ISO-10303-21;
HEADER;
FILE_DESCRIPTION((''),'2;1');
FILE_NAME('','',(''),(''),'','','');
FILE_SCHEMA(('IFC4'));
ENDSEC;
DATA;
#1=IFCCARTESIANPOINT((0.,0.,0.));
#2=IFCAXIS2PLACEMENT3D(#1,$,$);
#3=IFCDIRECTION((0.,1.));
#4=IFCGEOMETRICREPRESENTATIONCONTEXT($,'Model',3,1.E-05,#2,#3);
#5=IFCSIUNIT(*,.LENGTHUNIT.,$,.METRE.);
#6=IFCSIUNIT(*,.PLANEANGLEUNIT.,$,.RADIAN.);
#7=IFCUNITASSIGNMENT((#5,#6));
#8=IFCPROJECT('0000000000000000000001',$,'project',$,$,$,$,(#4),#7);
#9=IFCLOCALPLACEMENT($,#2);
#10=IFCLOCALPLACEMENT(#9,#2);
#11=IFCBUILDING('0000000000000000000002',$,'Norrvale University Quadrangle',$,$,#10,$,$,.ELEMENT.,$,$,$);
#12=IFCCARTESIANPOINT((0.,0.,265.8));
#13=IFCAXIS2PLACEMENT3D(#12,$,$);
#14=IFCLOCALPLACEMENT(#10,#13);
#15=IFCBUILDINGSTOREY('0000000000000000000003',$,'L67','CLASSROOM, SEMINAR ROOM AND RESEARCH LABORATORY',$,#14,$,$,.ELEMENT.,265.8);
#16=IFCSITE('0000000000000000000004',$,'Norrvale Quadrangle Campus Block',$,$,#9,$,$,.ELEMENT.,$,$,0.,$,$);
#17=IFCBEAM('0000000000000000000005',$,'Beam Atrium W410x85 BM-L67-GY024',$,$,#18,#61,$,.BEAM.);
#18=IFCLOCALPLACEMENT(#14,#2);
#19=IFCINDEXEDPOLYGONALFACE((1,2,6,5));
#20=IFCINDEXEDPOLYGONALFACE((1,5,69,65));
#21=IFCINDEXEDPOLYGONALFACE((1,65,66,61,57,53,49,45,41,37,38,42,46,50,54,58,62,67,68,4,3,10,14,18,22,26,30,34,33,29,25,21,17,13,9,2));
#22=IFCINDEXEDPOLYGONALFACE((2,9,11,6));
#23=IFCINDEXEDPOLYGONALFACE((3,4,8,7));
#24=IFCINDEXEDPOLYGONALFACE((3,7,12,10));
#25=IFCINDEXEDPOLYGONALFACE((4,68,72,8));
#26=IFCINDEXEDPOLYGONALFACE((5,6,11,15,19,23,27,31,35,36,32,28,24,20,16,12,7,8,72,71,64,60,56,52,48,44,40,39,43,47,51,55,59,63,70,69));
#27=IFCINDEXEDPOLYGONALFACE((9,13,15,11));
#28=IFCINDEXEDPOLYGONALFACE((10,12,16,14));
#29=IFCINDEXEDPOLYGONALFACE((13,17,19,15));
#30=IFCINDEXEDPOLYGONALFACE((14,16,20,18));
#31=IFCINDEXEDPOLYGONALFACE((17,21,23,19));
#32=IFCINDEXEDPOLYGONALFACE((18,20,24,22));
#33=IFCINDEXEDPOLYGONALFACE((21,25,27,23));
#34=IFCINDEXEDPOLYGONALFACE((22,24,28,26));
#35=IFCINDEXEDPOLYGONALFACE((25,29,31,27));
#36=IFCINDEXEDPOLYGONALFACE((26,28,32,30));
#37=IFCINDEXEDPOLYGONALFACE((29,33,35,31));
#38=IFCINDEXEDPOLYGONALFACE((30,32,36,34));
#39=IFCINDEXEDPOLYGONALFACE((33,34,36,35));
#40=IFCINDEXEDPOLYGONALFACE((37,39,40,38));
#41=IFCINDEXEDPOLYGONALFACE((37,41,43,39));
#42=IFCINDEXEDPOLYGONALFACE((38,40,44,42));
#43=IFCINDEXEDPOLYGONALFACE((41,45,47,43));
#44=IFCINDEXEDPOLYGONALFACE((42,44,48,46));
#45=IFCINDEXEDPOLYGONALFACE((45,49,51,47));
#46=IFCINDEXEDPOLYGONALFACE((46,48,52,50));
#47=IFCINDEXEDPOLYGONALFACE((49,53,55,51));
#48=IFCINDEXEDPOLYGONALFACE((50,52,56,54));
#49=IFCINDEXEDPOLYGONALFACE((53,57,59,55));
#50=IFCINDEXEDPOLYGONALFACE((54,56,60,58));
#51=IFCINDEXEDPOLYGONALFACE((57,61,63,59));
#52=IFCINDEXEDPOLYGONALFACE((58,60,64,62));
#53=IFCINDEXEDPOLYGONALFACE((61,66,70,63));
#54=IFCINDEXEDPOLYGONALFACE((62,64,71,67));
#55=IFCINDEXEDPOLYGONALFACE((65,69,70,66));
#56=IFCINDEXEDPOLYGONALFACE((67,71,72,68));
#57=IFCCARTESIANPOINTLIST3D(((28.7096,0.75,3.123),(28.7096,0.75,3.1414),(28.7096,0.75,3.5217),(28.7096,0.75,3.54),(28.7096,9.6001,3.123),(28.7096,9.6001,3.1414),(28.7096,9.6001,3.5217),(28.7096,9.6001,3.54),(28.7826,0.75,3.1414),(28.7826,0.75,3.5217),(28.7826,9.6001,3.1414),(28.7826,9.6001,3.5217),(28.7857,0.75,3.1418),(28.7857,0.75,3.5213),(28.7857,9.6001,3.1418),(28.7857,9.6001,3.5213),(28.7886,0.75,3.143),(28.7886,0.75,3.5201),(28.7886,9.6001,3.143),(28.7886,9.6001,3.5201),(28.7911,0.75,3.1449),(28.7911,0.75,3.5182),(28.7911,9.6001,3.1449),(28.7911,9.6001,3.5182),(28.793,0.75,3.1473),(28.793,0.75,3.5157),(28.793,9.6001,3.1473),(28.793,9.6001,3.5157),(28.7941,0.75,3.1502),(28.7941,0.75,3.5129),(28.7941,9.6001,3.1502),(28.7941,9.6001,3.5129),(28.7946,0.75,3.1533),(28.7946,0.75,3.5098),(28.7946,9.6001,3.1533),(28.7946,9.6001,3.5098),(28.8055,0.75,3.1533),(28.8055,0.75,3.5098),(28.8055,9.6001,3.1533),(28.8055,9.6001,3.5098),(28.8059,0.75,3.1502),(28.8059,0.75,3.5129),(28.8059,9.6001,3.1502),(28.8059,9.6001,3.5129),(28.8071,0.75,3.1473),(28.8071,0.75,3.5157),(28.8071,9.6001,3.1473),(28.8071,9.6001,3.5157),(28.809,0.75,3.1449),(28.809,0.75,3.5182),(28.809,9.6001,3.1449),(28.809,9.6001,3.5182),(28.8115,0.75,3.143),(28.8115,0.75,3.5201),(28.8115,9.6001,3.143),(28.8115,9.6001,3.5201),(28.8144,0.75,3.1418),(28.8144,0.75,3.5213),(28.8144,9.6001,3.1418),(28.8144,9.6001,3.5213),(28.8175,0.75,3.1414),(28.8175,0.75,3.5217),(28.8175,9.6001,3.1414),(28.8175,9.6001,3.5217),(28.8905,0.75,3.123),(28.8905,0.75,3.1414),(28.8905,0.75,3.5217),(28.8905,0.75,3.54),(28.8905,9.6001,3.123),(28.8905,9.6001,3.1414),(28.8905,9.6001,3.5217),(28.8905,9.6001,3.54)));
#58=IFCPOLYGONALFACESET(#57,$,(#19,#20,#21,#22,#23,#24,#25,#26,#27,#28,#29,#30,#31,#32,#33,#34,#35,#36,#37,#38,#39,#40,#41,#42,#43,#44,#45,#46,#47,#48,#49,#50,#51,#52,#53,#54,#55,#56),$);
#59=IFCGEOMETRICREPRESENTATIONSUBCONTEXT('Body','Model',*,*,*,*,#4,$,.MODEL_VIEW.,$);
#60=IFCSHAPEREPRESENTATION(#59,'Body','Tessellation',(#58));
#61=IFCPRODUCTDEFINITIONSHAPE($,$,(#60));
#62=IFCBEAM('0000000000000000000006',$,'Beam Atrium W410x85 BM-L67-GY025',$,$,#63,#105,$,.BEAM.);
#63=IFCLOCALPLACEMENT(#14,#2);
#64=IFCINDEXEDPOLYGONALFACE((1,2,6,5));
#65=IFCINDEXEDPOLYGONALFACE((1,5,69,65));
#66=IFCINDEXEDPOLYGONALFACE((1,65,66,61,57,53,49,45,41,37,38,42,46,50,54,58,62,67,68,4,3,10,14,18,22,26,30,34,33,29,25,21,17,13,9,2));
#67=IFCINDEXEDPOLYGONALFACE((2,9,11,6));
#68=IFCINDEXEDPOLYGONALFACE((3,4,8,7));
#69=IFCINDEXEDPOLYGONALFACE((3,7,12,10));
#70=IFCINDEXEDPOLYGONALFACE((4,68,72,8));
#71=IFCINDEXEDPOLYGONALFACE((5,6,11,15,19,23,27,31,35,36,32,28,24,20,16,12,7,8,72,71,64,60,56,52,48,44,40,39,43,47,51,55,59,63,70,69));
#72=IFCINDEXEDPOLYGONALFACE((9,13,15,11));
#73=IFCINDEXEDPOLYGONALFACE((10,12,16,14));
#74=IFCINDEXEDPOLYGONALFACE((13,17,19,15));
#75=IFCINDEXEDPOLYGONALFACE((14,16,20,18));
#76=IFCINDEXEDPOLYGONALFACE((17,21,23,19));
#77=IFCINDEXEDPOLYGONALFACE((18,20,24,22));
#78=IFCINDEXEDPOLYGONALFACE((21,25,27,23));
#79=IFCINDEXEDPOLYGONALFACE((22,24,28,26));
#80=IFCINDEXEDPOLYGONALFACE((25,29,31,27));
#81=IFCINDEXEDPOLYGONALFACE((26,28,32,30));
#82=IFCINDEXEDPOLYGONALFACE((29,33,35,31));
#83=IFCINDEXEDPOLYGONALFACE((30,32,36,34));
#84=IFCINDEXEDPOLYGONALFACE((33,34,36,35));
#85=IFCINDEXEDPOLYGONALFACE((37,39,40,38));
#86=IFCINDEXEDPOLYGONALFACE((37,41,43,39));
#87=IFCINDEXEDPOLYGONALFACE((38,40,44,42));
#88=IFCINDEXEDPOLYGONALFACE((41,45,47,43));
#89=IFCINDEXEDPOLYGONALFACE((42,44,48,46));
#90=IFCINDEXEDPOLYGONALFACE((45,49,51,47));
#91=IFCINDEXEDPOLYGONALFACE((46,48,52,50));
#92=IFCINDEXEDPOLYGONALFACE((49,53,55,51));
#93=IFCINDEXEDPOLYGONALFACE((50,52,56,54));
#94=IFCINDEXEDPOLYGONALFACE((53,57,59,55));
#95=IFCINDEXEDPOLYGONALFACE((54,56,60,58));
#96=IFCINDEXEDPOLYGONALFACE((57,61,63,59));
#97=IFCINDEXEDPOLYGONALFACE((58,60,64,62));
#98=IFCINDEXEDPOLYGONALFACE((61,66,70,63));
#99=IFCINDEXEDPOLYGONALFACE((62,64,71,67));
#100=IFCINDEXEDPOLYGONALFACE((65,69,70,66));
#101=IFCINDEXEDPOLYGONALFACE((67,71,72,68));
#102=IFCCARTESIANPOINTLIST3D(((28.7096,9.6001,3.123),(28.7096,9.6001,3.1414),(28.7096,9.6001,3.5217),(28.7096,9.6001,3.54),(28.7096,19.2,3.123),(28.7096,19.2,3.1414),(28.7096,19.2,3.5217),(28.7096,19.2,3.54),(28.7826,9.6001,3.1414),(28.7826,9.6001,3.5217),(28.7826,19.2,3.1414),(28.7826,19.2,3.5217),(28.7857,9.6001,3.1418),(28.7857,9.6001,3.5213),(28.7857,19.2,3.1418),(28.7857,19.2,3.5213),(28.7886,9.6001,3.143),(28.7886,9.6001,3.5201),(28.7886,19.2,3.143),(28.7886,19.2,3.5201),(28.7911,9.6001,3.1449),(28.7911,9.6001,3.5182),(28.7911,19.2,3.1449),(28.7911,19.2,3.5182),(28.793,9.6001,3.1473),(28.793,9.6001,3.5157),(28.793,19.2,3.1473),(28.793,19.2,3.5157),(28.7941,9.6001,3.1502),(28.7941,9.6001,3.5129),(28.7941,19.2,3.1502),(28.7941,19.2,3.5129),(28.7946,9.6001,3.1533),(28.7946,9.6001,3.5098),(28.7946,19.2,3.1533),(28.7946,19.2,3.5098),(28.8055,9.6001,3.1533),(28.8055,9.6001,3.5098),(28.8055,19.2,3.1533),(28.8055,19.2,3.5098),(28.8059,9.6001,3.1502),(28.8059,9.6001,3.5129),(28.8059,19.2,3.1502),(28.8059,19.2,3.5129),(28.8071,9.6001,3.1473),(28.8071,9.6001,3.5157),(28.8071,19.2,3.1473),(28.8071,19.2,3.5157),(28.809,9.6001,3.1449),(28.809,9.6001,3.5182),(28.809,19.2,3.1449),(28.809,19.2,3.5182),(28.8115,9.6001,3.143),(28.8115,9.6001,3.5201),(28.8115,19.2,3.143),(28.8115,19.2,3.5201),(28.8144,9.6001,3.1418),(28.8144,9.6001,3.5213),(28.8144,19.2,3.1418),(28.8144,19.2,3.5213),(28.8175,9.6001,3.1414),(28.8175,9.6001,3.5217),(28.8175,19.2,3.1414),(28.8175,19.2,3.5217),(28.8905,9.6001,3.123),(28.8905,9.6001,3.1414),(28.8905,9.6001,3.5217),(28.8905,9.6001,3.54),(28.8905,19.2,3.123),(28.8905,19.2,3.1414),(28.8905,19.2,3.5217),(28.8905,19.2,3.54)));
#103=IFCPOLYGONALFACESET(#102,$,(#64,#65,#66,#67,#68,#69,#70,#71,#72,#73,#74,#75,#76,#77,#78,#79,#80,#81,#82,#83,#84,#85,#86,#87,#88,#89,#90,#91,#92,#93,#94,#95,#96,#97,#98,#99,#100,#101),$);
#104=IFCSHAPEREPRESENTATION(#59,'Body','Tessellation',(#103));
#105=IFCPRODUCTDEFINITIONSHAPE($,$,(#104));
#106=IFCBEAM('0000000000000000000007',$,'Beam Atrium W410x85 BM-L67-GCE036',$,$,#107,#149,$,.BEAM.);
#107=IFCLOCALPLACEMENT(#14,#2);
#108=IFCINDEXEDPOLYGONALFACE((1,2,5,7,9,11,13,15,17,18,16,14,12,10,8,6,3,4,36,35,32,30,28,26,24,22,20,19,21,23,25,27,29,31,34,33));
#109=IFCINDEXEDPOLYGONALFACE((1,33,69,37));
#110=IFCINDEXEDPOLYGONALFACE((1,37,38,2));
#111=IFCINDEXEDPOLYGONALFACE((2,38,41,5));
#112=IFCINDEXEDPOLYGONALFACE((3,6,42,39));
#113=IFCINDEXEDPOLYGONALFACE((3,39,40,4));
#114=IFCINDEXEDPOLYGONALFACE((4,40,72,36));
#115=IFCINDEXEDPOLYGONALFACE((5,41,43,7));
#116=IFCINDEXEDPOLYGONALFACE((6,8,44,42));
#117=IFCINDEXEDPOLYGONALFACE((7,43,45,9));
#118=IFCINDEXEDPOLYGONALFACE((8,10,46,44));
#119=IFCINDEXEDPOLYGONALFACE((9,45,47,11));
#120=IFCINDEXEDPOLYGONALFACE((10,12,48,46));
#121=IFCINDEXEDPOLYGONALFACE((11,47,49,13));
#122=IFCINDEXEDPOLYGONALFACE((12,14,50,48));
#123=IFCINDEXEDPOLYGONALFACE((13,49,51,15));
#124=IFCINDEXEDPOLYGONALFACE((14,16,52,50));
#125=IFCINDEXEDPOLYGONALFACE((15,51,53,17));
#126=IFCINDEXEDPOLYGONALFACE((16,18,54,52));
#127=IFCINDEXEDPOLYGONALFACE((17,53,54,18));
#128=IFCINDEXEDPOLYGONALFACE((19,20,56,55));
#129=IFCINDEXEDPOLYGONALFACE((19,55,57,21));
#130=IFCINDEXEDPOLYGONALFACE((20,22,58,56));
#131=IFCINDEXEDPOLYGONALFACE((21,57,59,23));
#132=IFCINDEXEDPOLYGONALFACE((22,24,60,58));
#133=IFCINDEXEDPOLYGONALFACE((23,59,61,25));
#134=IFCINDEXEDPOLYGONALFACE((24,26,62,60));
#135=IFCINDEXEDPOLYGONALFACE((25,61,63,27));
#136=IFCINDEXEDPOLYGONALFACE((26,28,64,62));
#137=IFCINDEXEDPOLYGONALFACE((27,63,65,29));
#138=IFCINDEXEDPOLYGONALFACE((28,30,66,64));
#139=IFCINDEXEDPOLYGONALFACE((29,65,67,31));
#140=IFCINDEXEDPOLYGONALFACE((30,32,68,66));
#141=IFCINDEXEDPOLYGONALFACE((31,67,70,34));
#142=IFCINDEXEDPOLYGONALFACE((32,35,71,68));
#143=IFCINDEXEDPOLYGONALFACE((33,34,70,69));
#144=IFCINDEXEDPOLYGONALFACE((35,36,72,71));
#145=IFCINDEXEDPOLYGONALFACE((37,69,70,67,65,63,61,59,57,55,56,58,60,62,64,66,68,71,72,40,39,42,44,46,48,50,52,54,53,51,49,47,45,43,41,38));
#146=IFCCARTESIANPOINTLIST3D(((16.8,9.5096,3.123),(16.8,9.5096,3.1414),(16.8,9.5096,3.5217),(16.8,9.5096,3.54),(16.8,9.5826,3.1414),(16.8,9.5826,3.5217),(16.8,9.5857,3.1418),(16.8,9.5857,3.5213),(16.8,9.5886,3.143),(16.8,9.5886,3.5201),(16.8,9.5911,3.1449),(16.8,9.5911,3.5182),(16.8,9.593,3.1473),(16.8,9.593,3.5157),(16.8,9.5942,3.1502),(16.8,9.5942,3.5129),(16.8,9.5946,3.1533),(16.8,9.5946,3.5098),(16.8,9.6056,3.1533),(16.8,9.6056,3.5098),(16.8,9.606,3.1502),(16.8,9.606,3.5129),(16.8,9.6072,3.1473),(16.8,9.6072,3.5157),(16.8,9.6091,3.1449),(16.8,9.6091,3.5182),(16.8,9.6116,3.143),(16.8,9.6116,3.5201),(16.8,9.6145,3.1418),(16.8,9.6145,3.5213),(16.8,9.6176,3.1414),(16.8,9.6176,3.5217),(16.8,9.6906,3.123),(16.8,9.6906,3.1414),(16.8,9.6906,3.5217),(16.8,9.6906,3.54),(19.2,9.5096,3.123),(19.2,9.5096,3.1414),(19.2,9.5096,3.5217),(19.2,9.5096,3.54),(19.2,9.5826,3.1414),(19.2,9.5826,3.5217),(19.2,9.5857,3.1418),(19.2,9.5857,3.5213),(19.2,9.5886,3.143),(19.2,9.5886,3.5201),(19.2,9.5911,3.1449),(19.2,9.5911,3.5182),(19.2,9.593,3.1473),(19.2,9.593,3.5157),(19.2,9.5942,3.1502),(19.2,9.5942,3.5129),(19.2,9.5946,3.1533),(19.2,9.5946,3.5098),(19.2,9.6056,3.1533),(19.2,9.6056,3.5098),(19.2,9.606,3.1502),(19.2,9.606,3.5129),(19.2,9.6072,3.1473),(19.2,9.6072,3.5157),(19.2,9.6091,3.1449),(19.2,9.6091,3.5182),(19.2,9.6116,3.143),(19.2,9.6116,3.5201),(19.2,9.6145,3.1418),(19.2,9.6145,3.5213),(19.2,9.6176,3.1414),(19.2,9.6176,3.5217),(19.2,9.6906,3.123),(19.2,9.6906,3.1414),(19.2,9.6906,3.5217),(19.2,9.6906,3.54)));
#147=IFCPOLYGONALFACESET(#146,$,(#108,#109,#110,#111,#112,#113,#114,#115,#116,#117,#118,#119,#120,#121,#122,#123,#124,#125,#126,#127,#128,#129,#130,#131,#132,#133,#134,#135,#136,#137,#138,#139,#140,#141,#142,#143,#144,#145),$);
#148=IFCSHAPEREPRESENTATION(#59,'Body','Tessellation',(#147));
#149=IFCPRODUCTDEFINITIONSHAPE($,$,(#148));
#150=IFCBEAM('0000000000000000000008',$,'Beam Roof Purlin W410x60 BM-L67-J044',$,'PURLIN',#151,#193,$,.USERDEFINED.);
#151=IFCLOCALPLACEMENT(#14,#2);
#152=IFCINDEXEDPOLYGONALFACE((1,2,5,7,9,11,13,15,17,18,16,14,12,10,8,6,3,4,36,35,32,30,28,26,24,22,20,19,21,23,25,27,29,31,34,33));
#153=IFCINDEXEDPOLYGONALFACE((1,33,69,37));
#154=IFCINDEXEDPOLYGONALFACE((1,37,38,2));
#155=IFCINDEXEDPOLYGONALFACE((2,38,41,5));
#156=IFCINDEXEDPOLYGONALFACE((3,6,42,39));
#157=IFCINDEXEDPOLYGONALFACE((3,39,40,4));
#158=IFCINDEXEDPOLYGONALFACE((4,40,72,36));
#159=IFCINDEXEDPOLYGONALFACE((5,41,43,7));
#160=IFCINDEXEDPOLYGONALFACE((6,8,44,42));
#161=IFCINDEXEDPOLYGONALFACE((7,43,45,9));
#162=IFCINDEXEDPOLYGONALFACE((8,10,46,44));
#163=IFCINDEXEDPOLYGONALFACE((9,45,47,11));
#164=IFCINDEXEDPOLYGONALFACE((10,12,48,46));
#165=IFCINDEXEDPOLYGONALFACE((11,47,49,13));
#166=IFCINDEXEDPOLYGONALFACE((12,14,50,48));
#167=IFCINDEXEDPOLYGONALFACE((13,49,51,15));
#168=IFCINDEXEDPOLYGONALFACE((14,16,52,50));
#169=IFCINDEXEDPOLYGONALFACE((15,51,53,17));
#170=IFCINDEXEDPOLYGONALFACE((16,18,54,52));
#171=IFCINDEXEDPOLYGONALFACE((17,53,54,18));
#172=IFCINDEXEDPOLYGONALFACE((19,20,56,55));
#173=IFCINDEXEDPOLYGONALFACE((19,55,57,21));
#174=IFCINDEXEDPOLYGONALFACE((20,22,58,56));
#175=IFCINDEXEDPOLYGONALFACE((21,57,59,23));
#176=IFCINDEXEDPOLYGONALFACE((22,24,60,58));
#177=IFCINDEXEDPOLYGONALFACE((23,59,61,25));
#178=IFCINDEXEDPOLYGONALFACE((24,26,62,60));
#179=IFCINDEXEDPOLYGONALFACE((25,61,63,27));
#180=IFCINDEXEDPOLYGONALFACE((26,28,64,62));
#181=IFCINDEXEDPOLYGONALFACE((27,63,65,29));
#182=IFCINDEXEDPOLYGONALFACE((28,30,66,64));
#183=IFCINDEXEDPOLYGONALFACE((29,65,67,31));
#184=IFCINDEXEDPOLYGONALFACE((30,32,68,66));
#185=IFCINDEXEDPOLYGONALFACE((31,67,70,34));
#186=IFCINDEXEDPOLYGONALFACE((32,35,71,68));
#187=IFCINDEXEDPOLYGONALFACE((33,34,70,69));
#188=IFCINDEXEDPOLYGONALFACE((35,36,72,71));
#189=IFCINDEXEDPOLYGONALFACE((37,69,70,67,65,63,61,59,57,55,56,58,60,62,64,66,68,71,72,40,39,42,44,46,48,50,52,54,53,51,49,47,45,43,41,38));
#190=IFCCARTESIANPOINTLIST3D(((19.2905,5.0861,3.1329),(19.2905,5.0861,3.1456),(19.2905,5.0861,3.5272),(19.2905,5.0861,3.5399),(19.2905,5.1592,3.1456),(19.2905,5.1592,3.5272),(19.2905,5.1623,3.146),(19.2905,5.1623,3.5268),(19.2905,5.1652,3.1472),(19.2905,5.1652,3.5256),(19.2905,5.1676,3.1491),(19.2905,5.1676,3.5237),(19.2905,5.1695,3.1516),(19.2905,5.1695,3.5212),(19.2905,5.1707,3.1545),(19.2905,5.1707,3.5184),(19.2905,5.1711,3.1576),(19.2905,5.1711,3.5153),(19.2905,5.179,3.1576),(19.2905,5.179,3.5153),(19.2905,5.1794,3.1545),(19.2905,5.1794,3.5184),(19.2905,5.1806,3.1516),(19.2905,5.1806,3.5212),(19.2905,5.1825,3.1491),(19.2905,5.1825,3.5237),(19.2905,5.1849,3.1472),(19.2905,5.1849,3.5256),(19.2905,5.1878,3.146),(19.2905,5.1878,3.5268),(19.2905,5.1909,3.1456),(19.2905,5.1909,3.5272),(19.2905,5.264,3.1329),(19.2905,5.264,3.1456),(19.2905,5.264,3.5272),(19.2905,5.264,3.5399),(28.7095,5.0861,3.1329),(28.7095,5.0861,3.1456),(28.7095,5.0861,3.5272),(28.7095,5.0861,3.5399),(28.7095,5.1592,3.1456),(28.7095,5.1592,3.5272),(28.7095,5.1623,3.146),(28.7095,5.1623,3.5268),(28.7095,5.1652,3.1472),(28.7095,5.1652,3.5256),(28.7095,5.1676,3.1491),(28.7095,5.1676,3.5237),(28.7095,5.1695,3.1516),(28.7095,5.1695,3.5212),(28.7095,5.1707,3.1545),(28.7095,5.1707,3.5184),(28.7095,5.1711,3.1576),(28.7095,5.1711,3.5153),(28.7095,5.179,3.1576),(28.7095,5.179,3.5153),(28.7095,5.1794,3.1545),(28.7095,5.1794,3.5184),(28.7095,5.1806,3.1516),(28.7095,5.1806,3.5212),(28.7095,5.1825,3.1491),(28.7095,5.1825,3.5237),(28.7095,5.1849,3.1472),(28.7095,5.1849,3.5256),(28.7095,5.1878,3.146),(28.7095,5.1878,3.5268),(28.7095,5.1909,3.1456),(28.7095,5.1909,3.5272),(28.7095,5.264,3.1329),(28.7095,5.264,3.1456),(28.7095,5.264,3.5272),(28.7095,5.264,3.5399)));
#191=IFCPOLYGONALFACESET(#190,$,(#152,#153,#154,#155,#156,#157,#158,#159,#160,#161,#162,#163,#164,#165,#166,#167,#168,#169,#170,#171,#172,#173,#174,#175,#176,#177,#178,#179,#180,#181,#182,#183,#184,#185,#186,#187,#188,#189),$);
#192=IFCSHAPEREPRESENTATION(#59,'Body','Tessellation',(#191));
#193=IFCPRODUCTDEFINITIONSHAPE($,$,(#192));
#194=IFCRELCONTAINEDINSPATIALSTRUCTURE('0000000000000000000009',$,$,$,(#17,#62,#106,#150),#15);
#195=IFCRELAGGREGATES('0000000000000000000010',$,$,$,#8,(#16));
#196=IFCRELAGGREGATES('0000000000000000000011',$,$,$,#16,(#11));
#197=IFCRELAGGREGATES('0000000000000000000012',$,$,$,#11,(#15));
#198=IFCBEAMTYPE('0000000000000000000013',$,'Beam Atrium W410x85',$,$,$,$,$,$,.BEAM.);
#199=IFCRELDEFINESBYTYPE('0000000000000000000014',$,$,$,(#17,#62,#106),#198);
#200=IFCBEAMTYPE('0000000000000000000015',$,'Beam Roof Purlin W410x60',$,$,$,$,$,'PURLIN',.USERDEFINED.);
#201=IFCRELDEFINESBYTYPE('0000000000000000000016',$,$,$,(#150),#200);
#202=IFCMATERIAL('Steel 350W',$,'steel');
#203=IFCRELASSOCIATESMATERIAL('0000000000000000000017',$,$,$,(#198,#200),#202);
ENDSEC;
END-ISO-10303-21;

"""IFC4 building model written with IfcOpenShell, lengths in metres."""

from ifc_helpers import new_model, si_unit, direction, frame, origin, origin_2d, place, context, subcontext, project, spatial, i_section, extrude, material, material_profile, profile_set, type_object, element, save


model = new_model("IFC4")

# Units and contexts
model_context = context("Model", 3, precision=1e-05, world=origin(), true_north=direction((0.0, 1.0)))
body_context = subcontext(model_context, "Body", "Model", "MODEL_VIEW")
ifc_project = project(units=[si_unit("LENGTHUNIT", "METRE"), si_unit("PLANEANGLEUNIT", "RADIAN")], contexts=[model_context])

# Site, building, storey
site_placement = place(None, origin())
site = spatial("IfcSite", under=ifc_project, at=site_placement, Name="Norrvale Quadrangle Campus Block", CompositionType="ELEMENT", RefElevation=0.0)
building_placement = place(site_placement, origin())
building = spatial("IfcBuilding", under=site, at=building_placement, Name="Norrvale University Quadrangle", CompositionType="ELEMENT")
storey_placement = place(building_placement, frame((0.0, 0.0, 265.8)))
storey = spatial("IfcBuildingStorey", under=building, at=storey_placement, Name="L67", Description="CLASSROOM, SEMINAR ROOM AND RESEARCH LABORATORY", CompositionType="ELEMENT", Elevation=265.8)

# Beams
ifc_material_1 = material(Name="Steel 350W", Category="steel")
ifc_material_profile_1 = material_profile(ifc_material_1, i_section(OverallWidth=0.1809, OverallDepth=0.417, WebThickness=0.011, FlangeThickness=0.0183, FilletRadius=0.012, at=origin_2d()), Name="Steel 350W")
ifc_profile_set_1 = profile_set([ifc_material_profile_1], Name="Steel 350W")
beam_type_1 = type_object("IfcBeamType", Name="Beam Atrium W410x85", PredefinedType="BEAM", material=ifc_profile_set_1)
beam_1_placement = place(storey_placement, frame((28.8, 0.75, 3.3315), z_axis=(0.0, 1.0, 0.0), x_axis=(-1.0, 0.0, 0.0)))
element("IfcBeam", 1, at=beam_1_placement, inside=storey, type_object=beam_type_1, Name="Beam Atrium W410x85 BM-L67-GY024", PredefinedType="BEAM", context=body_context, shape_type="SweptSolid", body=[
    extrude(i_section(OverallWidth=0.1809, OverallDepth=0.417, WebThickness=0.011, FlangeThickness=0.0183, FilletRadius=0.012, at=origin_2d()), origin(), (0.0, 0.0, 1.0), 8.8501),
])
beam_2_placement = place(storey_placement, frame((28.8, 9.6001, 3.3315), z_axis=(0.0, 1.0, 0.0), x_axis=(-1.0, 0.0, 0.0)))
element("IfcBeam", 2, at=beam_2_placement, inside=storey, type_object=beam_type_1, Name="Beam Atrium W410x85 BM-L67-GY025", PredefinedType="BEAM", context=body_context, shape_type="SweptSolid", body=[
    extrude(i_section(OverallWidth=0.1809, OverallDepth=0.417, WebThickness=0.011, FlangeThickness=0.0183, FilletRadius=0.012, at=origin_2d()), origin(), (0.0, 0.0, 1.0), 9.5999),
])
beam_3_placement = place(storey_placement, frame((16.8, 9.6001, 3.3315), z_axis=(1.0, 0.0, 0.0), x_axis=(0.0, 1.0, 0.0)))
element("IfcBeam", 3, at=beam_3_placement, inside=storey, type_object=beam_type_1, Name="Beam Atrium W410x85 BM-L67-GCE036", PredefinedType="BEAM", context=body_context, shape_type="SweptSolid", body=[
    extrude(i_section(OverallWidth=0.1809, OverallDepth=0.417, WebThickness=0.011, FlangeThickness=0.0183, FilletRadius=0.012, at=origin_2d()), origin(), (0.0, 0.0, 1.0), 2.3999),
])
ifc_material_profile_2 = material_profile(ifc_material_1, i_section(OverallWidth=0.178, OverallDepth=0.407, WebThickness=0.0078, FlangeThickness=0.0127, FilletRadius=0.012, at=origin_2d()), Name="Steel 350W")
ifc_profile_set_2 = profile_set([ifc_material_profile_2], Name="Steel 350W")
beam_type_2 = type_object("IfcBeamType", Name="Beam Roof Purlin W410x60", ElementType="PURLIN", PredefinedType="USERDEFINED", material=ifc_profile_set_2)
for number, where, z_axis, x_axis, name in (
    (4, (19.2905, 5.175, 3.3364), (1.0, 0.0, 0.0), (0.0, 1.0, 0.0), "Beam Roof Purlin W410x60 BM-L67-J044"),
):
    element("IfcBeam", number, at=place(storey_placement, frame(where, z_axis=z_axis, x_axis=x_axis)), inside=storey, type_object=beam_type_2, Name=name, ObjectType="PURLIN", PredefinedType="USERDEFINED", context=body_context, shape_type="SweptSolid", body=[
        extrude(i_section(OverallWidth=0.178, OverallDepth=0.407, WebThickness=0.0078, FlangeThickness=0.0127, FilletRadius=0.012, at=origin_2d()), origin(), (0.0, 0.0, 1.0), 9.4189),
    ])

save(model, "model.ifc")
